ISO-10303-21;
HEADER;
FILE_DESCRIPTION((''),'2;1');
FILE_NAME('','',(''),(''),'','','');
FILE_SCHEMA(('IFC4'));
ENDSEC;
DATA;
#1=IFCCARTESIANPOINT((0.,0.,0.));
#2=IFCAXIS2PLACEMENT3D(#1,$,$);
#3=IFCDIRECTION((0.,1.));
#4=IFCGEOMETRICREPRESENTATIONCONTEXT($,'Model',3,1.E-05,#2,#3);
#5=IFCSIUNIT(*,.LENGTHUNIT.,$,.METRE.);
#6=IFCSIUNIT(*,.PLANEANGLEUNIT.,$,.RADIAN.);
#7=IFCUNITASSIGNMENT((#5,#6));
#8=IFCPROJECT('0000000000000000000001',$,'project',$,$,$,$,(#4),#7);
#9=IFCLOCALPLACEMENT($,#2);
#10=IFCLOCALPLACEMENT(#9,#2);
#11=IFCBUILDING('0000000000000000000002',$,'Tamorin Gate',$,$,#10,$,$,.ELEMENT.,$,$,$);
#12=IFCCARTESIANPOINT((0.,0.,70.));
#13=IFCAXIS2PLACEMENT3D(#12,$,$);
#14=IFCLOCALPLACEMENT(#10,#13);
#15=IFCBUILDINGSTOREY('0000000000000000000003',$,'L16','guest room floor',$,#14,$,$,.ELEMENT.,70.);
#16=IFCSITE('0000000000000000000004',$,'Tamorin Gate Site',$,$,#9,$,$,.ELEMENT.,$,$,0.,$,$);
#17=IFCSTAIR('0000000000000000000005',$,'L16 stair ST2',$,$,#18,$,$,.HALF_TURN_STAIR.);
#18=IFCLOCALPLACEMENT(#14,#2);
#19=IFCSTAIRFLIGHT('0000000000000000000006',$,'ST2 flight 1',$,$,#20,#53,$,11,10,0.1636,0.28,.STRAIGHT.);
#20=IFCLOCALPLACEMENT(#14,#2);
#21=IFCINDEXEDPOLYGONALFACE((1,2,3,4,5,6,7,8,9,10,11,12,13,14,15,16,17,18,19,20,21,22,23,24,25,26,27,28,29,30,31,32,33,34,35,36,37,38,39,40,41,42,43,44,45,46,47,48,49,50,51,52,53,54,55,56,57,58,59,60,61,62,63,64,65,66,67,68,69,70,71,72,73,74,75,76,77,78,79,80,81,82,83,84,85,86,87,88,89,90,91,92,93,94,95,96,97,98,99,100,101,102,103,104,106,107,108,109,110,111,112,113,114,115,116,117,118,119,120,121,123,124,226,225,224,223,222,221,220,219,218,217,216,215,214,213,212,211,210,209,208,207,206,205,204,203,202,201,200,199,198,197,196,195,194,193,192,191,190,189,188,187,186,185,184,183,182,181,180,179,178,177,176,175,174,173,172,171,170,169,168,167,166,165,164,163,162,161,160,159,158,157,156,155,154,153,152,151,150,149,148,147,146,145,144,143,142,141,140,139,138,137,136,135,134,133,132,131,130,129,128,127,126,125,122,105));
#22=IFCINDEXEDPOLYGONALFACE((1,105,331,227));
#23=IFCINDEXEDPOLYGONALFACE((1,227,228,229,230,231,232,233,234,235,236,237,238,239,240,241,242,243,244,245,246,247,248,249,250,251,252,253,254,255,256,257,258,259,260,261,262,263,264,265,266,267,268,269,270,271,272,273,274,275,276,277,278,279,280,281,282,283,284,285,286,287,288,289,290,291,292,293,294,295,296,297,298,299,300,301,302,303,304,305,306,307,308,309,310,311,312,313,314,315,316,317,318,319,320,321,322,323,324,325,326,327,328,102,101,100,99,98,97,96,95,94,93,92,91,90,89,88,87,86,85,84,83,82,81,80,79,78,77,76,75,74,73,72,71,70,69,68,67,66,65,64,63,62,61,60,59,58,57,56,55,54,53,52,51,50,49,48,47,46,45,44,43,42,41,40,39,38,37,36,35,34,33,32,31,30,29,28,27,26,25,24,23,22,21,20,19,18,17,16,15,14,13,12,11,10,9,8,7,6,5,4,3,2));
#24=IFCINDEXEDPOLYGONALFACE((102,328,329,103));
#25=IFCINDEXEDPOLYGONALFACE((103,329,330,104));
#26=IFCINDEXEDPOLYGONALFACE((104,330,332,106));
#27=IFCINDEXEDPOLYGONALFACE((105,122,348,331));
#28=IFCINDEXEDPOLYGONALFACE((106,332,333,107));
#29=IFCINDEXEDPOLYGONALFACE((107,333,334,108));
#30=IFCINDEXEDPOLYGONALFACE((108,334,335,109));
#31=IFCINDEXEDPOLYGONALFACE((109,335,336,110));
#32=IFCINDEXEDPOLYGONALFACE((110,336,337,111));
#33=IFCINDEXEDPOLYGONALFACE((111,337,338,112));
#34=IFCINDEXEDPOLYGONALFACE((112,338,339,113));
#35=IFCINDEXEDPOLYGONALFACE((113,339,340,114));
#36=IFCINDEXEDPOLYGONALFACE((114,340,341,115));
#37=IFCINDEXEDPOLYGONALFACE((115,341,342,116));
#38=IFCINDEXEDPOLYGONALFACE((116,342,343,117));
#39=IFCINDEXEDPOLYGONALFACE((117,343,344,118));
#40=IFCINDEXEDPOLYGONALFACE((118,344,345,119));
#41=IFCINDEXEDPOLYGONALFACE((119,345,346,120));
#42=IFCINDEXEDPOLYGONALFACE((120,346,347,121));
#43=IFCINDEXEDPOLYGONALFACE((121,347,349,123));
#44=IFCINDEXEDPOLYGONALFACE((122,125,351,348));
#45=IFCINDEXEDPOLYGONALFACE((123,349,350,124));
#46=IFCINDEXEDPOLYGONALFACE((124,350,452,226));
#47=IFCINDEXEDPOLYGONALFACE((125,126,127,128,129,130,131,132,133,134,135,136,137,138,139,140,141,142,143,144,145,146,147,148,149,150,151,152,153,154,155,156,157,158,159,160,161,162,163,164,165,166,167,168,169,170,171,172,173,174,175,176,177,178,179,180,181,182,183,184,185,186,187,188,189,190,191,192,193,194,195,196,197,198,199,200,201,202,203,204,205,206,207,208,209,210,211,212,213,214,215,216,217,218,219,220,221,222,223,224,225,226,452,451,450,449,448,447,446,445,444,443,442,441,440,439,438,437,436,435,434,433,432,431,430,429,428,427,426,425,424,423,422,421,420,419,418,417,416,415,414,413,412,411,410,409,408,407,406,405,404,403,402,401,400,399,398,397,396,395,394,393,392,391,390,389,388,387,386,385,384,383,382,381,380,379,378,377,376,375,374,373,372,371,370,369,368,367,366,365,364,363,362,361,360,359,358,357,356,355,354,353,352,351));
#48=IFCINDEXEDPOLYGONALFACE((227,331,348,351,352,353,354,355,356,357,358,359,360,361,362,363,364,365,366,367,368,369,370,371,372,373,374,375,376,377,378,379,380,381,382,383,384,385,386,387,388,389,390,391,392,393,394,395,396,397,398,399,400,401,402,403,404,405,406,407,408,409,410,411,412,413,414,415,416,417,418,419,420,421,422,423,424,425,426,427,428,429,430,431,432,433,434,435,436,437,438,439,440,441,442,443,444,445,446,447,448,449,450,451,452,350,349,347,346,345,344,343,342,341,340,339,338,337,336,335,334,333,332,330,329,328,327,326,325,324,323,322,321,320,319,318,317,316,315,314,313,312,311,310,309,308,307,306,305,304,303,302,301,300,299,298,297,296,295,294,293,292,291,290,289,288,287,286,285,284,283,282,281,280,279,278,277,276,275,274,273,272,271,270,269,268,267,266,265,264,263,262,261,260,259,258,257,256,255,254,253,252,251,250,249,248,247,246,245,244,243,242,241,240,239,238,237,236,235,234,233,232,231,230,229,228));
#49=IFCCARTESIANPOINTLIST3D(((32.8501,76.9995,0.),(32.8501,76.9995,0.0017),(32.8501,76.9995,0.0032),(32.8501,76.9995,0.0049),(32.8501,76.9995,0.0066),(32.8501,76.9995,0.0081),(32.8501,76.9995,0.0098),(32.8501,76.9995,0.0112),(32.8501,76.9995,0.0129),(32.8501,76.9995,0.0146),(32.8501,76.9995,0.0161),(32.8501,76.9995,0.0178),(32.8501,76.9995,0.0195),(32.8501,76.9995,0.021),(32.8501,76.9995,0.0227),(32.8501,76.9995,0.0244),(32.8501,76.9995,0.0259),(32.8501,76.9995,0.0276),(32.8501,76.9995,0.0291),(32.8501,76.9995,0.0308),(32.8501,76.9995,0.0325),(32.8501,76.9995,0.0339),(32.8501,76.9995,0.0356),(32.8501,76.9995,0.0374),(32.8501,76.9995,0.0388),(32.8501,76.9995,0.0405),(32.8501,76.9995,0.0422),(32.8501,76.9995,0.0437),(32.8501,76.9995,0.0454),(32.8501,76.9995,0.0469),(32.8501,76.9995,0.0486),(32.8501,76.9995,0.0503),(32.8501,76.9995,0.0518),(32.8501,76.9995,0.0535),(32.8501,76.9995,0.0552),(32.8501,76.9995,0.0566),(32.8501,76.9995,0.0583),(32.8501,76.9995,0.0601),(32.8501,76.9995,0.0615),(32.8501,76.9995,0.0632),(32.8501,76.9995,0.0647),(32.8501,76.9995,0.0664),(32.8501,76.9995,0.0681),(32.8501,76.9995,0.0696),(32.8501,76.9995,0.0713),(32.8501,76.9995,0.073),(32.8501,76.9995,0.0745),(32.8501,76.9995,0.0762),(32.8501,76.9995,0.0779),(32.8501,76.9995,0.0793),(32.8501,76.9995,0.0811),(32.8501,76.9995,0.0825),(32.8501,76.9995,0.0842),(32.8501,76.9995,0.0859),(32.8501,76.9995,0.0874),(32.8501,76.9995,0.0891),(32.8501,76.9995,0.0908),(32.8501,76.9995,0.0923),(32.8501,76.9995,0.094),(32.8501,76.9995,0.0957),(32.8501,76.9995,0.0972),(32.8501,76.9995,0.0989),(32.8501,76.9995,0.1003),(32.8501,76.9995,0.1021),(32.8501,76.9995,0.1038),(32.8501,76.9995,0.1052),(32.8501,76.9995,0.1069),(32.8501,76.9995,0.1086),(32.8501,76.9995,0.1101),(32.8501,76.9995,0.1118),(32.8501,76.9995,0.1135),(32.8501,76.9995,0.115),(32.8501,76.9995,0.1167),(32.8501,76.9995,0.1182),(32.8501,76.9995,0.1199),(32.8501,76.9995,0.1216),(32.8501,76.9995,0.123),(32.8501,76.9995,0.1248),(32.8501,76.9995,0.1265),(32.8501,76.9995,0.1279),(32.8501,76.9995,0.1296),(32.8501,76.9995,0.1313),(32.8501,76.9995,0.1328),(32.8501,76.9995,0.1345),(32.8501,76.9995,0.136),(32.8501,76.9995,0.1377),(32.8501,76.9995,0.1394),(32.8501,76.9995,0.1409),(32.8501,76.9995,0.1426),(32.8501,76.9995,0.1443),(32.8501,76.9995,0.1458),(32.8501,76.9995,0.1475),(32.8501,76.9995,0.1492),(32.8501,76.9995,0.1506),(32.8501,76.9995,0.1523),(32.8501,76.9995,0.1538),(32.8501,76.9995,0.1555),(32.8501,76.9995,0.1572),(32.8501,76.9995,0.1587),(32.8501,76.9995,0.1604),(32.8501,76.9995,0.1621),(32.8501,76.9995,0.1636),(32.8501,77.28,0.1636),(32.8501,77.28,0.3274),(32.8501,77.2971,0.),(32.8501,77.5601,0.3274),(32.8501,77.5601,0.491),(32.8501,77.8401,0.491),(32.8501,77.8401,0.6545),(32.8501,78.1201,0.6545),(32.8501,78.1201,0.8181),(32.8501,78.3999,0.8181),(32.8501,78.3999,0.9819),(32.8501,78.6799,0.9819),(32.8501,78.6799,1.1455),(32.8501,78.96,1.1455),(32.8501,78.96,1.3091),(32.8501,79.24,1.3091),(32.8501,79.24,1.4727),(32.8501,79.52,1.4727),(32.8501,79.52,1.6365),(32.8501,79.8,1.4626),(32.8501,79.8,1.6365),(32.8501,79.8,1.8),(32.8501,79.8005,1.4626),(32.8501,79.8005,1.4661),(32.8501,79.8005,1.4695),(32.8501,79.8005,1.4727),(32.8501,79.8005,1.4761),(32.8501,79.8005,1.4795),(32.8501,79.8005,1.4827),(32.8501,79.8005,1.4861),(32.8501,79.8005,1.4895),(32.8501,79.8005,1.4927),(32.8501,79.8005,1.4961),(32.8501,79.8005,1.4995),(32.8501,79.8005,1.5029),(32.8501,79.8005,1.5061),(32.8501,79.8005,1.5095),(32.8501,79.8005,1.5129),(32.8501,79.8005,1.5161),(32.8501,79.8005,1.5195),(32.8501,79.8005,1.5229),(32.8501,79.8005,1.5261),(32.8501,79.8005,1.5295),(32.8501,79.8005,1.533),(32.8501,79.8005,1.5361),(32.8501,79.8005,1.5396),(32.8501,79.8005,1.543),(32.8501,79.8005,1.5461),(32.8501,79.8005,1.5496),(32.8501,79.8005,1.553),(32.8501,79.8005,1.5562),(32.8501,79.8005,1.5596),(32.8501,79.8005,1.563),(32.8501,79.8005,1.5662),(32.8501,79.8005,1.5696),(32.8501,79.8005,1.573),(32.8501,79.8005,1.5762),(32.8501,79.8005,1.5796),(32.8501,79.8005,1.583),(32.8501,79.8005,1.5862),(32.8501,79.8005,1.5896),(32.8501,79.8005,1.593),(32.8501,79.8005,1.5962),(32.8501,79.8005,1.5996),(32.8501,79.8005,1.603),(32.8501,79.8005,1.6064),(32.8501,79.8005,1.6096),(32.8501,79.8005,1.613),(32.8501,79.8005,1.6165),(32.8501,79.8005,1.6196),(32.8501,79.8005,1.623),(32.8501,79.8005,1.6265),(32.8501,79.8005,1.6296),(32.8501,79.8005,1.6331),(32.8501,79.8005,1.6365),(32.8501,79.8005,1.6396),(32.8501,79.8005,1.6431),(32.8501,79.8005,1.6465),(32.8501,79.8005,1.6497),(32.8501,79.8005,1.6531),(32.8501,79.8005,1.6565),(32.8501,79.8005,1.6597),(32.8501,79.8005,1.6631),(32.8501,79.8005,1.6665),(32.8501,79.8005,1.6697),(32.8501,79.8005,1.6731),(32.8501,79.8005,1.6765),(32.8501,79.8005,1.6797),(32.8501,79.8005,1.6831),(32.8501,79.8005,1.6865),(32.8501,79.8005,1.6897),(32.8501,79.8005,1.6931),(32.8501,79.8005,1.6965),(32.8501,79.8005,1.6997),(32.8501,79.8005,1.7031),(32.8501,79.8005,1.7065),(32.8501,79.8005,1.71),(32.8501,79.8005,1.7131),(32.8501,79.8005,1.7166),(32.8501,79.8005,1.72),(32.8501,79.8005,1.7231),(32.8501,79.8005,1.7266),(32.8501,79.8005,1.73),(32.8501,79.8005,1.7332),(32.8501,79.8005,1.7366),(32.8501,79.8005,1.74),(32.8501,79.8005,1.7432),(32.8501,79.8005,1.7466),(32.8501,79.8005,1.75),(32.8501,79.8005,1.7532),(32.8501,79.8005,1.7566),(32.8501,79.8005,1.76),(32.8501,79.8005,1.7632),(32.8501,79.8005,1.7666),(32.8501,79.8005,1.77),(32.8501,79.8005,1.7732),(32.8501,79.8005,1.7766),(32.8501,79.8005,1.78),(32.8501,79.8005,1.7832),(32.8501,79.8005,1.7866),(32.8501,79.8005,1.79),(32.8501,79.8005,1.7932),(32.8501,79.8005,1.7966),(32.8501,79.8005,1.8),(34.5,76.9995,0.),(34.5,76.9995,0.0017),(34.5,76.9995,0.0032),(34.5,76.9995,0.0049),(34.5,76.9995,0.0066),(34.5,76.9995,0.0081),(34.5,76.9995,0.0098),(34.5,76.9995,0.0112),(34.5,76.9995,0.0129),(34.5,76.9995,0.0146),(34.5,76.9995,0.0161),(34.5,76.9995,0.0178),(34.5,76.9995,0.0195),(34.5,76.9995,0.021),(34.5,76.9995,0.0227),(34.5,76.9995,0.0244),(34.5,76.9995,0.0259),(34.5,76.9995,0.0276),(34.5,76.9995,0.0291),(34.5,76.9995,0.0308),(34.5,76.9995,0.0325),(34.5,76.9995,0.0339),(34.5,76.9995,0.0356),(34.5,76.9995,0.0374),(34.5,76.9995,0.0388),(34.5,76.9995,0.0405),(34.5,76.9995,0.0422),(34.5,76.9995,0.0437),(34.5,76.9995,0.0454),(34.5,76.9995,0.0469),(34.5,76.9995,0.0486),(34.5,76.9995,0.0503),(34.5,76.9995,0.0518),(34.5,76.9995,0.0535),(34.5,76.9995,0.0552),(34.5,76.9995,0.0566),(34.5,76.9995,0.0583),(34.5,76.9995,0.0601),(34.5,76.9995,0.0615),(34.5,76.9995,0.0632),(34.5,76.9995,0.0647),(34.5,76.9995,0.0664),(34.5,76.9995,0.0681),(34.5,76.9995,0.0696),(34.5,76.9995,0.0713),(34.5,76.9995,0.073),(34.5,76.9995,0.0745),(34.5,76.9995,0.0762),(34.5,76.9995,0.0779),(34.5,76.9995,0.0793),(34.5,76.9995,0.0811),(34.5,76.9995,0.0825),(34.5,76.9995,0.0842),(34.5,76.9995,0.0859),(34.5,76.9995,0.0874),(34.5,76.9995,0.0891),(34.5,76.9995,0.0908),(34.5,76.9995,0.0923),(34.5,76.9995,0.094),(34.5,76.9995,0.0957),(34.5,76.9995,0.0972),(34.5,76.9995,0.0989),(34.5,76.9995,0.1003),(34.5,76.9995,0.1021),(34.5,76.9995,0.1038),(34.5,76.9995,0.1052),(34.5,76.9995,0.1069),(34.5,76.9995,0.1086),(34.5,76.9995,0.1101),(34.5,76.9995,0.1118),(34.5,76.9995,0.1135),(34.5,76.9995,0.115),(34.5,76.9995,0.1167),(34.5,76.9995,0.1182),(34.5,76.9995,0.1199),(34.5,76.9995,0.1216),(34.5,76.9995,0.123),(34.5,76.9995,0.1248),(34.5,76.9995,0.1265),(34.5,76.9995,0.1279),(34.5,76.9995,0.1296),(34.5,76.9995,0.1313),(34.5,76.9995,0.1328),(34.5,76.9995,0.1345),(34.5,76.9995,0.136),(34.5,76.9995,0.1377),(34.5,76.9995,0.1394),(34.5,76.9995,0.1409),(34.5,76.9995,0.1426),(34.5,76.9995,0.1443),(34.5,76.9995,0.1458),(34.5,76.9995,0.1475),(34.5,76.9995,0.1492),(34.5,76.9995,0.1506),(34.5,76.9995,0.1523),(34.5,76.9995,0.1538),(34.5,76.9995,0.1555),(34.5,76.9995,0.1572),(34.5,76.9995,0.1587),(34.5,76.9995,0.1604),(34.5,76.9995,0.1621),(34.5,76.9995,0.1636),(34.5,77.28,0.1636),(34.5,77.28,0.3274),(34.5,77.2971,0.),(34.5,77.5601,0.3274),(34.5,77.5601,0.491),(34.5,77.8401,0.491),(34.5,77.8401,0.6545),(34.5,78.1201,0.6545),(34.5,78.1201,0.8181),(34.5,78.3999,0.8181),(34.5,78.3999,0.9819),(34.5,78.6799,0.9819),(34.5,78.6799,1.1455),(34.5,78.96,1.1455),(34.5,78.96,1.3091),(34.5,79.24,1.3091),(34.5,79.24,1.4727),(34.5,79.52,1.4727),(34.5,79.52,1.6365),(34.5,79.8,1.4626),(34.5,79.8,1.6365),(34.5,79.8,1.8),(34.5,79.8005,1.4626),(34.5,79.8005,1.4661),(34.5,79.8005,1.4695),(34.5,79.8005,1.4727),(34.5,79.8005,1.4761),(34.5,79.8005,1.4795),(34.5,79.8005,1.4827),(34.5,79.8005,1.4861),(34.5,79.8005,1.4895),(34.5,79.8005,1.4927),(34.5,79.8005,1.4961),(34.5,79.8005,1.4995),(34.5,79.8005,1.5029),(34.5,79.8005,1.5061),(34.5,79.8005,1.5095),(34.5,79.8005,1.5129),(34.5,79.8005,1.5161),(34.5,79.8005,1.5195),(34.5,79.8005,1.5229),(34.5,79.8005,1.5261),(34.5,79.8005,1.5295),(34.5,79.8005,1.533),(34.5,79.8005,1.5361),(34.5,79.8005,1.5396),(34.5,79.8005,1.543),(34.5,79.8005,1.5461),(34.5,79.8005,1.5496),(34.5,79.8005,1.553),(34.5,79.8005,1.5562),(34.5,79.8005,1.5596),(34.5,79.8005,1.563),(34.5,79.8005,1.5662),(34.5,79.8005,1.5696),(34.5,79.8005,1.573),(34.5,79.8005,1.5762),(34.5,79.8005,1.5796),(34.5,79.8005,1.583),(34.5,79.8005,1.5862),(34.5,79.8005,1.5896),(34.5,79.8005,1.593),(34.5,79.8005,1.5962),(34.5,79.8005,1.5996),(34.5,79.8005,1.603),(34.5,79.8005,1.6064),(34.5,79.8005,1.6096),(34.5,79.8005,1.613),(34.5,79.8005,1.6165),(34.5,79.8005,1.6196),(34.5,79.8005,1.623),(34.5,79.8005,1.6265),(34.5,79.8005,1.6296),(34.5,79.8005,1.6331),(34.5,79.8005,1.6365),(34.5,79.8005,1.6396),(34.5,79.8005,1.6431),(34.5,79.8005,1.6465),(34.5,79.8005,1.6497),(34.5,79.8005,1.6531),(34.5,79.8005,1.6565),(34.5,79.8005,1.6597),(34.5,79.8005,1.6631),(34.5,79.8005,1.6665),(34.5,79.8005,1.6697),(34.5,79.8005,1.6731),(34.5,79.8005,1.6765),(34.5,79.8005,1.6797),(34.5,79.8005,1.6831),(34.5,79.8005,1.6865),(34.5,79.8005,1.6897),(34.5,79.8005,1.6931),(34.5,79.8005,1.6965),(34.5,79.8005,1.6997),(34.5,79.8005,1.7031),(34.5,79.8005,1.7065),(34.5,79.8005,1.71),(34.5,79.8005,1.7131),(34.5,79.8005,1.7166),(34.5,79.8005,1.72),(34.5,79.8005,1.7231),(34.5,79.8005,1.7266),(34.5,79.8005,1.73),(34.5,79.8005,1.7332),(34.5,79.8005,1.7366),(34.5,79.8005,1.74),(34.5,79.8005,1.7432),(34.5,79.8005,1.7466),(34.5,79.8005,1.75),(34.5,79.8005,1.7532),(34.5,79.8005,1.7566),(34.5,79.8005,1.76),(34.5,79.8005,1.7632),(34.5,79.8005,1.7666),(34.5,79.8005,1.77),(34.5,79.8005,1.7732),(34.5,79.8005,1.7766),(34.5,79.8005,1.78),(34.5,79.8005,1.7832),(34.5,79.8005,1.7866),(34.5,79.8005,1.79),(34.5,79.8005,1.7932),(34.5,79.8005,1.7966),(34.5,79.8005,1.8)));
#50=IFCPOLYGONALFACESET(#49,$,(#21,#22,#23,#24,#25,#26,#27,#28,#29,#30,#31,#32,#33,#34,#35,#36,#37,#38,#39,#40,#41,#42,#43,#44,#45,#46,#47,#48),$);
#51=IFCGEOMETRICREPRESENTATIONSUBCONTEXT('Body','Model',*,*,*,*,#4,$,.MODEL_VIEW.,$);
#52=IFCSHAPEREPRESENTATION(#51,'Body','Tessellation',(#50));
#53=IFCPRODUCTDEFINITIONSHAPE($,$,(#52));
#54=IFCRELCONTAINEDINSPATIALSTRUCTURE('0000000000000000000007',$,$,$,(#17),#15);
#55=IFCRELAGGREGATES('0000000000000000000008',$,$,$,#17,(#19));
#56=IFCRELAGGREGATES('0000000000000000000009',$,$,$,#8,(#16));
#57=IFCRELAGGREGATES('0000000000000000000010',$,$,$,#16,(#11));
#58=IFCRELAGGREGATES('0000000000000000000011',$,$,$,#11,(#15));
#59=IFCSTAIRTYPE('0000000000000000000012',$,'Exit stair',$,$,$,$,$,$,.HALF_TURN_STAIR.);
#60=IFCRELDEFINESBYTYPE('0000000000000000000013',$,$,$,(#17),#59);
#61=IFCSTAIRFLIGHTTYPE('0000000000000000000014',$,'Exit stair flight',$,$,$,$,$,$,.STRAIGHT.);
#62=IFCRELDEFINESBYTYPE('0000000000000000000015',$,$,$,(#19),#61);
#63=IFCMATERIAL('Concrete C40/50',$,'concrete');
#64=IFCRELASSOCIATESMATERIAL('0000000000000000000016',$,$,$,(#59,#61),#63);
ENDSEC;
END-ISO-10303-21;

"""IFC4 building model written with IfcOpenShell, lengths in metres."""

from ifc_helpers import new_model, si_unit, direction, frame, origin, place, context, subcontext, project, spatial, polyline, outline, extrude, material, type_object, element, aggregate, save


model = new_model("IFC4")

# Units and contexts
model_context = context("Model", 3, precision=1e-05, world=origin(), true_north=direction((0.0, 1.0)))
body_context = subcontext(model_context, "Body", "Model", "MODEL_VIEW")
ifc_project = project(units=[si_unit("LENGTHUNIT", "METRE"), si_unit("PLANEANGLEUNIT", "RADIAN")], contexts=[model_context])

# Site, building, storey
site_placement = place(None, origin())
site = spatial("IfcSite", under=ifc_project, at=site_placement, Name="Tamorin Gate Site", CompositionType="ELEMENT", RefElevation=0.0)
building_placement = place(site_placement, origin())
building = spatial("IfcBuilding", under=site, at=building_placement, Name="Tamorin Gate", CompositionType="ELEMENT")
storey_placement = place(building_placement, frame((0.0, 0.0, 70.0)))
storey = spatial("IfcBuildingStorey", under=building, at=storey_placement, Name="L16", Description="guest room floor", CompositionType="ELEMENT", Elevation=70.0)

# Shared definitions
ifc_material_1 = material(Name="Concrete C40/50", Category="concrete")

# Stair, stair flight
stair_type = type_object("IfcStairType", Name="Exit stair", PredefinedType="HALF_TURN_STAIR", material=ifc_material_1)
stair_placement = place(storey_placement, origin())
stair = element("IfcStair", 1, at=stair_placement, inside=storey, type_object=stair_type, Name="L16 stair ST2", PredefinedType="HALF_TURN_STAIR")
stair_flight_type = type_object("IfcStairFlightType", Name="Exit stair flight", PredefinedType="STRAIGHT", material=ifc_material_1)
stair_flight_1_placement = place(storey_placement, frame((33.675, 77.0, 0.0), z_axis=(0.0, 0.0, 1.0), x_axis=(0.0, 1.0, 0.0)))
stair_flight_1 = element("IfcStairFlight", 2, at=stair_flight_1_placement, type_object=stair_flight_type, Name="ST2 flight 1", NumberOfRisers=11, NumberOfTreads=10, PredefinedType="STRAIGHT", RiserHeight=0.1636, TreadLength=0.28, context=body_context, shape_type="SweptSolid", body=[
    extrude(outline(polyline([(-0.0005, 0.0), (-0.0005, 0.0017), (-0.0005, 0.0032), (-0.0005, 0.0049), (-0.0005, 0.0066), (-0.0005, 0.0081), (-0.0005, 0.0098), (-0.0005, 0.0112), (-0.0005, 0.0129), (-0.0005, 0.0146), (-0.0005, 0.0161), (-0.0005, 0.0178), (-0.0005, 0.0195), (-0.0005, 0.021), (-0.0005, 0.0227), (-0.0005, 0.0244), (-0.0005, 0.0259), (-0.0005, 0.0276), (-0.0005, 0.0291), (-0.0005, 0.0308), (-0.0005, 0.0325), (-0.0005, 0.0339), (-0.0005, 0.0356), (-0.0005, 0.0374), (-0.0005, 0.0388), (-0.0005, 0.0405), (-0.0005, 0.0422), (-0.0005, 0.0437), (-0.0005, 0.0454), (-0.0005, 0.0469), (-0.0005, 0.0486), (-0.0005, 0.0503), (-0.0005, 0.0518), (-0.0005, 0.0535), (-0.0005, 0.0552), (-0.0005, 0.0566), (-0.0005, 0.0583), (-0.0005, 0.0601), (-0.0005, 0.0615), (-0.0005, 0.0632), (-0.0005, 0.0647), (-0.0005, 0.0664), (-0.0005, 0.0681), (-0.0005, 0.0696), (-0.0005, 0.0713), (-0.0005, 0.073), (-0.0005, 0.0745), (-0.0005, 0.0762), (-0.0005, 0.0779), (-0.0005, 0.0793), (-0.0005, 0.0811), (-0.0005, 0.0825), (-0.0005, 0.0842), (-0.0005, 0.0859), (-0.0005, 0.0874), (-0.0005, 0.0891), (-0.0005, 0.0908), (-0.0005, 0.0923), (-0.0005, 0.094), (-0.0005, 0.0957), (-0.0005, 0.0972), (-0.0005, 0.0989), (-0.0005, 0.1003), (-0.0005, 0.1021), (-0.0005, 0.1038), (-0.0005, 0.1052), (-0.0005, 0.1069), (-0.0005, 0.1086), (-0.0005, 0.1101), (-0.0005, 0.1118), (-0.0005, 0.1135), (-0.0005, 0.115), (-0.0005, 0.1167), (-0.0005, 0.1182), (-0.0005, 0.1199), (-0.0005, 0.1216), (-0.0005, 0.123), (-0.0005, 0.1248), (-0.0005, 0.1265), (-0.0005, 0.1279), (-0.0005, 0.1296), (-0.0005, 0.1313), (-0.0005, 0.1328), (-0.0005, 0.1345), (-0.0005, 0.136), (-0.0005, 0.1377), (-0.0005, 0.1394), (-0.0005, 0.1409), (-0.0005, 0.1426), (-0.0005, 0.1443), (-0.0005, 0.1458), (-0.0005, 0.1475), (-0.0005, 0.1492), (-0.0005, 0.1506), (-0.0005, 0.1523), (-0.0005, 0.1538), (-0.0005, 0.1555), (-0.0005, 0.1572), (-0.0005, 0.1587), (-0.0005, 0.1604), (-0.0005, 0.1621), (-0.0005, 0.1636), (0.28, 0.1636), (0.28, 0.3274), (0.5601, 0.3274), (0.5601, 0.491), (0.8401, 0.491), (0.8401, 0.6545), (1.1201, 0.6545), (1.1201, 0.8181), (1.3999, 0.8181), (1.3999, 0.9819), (1.6799, 0.9819), (1.6799, 1.1455), (1.96, 1.1455), (1.96, 1.3091), (2.24, 1.3091), (2.24, 1.4727), (2.52, 1.4727), (2.52, 1.6365), (2.8, 1.6365), (2.8, 1.8), (2.8005, 1.8), (2.8005, 1.7966), (2.8005, 1.7932), (2.8005, 1.79), (2.8005, 1.7866), (2.8005, 1.7832), (2.8005, 1.78), (2.8005, 1.7766), (2.8005, 1.7732), (2.8005, 1.77), (2.8005, 1.7666), (2.8005, 1.7632), (2.8005, 1.76), (2.8005, 1.7566), (2.8005, 1.7532), (2.8005, 1.75), (2.8005, 1.7466), (2.8005, 1.7432), (2.8005, 1.74), (2.8005, 1.7366), (2.8005, 1.7332), (2.8005, 1.73), (2.8005, 1.7266), (2.8005, 1.7231), (2.8005, 1.72), (2.8005, 1.7166), (2.8005, 1.7131), (2.8005, 1.71), (2.8005, 1.7065), (2.8005, 1.7031), (2.8005, 1.6997), (2.8005, 1.6965), (2.8005, 1.6931), (2.8005, 1.6897), (2.8005, 1.6865), (2.8005, 1.6831), (2.8005, 1.6797), (2.8005, 1.6765), (2.8005, 1.6731), (2.8005, 1.6697), (2.8005, 1.6665), (2.8005, 1.6631), (2.8005, 1.6597), (2.8005, 1.6565), (2.8005, 1.6531), (2.8005, 1.6497), (2.8005, 1.6465), (2.8005, 1.6431), (2.8005, 1.6396), (2.8005, 1.6365), (2.8005, 1.6331), (2.8005, 1.6296), (2.8005, 1.6265), (2.8005, 1.623), (2.8005, 1.6196), (2.8005, 1.6165), (2.8005, 1.613), (2.8005, 1.6096), (2.8005, 1.6064), (2.8005, 1.603), (2.8005, 1.5996), (2.8005, 1.5962), (2.8005, 1.593), (2.8005, 1.5896), (2.8005, 1.5862), (2.8005, 1.583), (2.8005, 1.5796), (2.8005, 1.5762), (2.8005, 1.573), (2.8005, 1.5696), (2.8005, 1.5662), (2.8005, 1.563), (2.8005, 1.5596), (2.8005, 1.5562), (2.8005, 1.553), (2.8005, 1.5496), (2.8005, 1.5461), (2.8005, 1.543), (2.8005, 1.5396), (2.8005, 1.5361), (2.8005, 1.533), (2.8005, 1.5295), (2.8005, 1.5261), (2.8005, 1.5229), (2.8005, 1.5195), (2.8005, 1.5161), (2.8005, 1.5129), (2.8005, 1.5095), (2.8005, 1.5061), (2.8005, 1.5029), (2.8005, 1.4995), (2.8005, 1.4961), (2.8005, 1.4927), (2.8005, 1.4895), (2.8005, 1.4861), (2.8005, 1.4827), (2.8005, 1.4795), (2.8005, 1.4761), (2.8005, 1.4727), (2.8005, 1.4695), (2.8005, 1.4661), (2.8005, 1.4626), (2.8, 1.4626), (0.2971, 0.0), (-0.0005, 0.0)])), frame((0.0, 0.825, 0.0), z_axis=(0.0, -1.0, 0.0), x_axis=(1.0, 0.0, 0.0)), (0.0, 0.0, 1.0), 1.6499),
])
aggregate(stair, [stair_flight_1])

save(model, "model.ifc")
